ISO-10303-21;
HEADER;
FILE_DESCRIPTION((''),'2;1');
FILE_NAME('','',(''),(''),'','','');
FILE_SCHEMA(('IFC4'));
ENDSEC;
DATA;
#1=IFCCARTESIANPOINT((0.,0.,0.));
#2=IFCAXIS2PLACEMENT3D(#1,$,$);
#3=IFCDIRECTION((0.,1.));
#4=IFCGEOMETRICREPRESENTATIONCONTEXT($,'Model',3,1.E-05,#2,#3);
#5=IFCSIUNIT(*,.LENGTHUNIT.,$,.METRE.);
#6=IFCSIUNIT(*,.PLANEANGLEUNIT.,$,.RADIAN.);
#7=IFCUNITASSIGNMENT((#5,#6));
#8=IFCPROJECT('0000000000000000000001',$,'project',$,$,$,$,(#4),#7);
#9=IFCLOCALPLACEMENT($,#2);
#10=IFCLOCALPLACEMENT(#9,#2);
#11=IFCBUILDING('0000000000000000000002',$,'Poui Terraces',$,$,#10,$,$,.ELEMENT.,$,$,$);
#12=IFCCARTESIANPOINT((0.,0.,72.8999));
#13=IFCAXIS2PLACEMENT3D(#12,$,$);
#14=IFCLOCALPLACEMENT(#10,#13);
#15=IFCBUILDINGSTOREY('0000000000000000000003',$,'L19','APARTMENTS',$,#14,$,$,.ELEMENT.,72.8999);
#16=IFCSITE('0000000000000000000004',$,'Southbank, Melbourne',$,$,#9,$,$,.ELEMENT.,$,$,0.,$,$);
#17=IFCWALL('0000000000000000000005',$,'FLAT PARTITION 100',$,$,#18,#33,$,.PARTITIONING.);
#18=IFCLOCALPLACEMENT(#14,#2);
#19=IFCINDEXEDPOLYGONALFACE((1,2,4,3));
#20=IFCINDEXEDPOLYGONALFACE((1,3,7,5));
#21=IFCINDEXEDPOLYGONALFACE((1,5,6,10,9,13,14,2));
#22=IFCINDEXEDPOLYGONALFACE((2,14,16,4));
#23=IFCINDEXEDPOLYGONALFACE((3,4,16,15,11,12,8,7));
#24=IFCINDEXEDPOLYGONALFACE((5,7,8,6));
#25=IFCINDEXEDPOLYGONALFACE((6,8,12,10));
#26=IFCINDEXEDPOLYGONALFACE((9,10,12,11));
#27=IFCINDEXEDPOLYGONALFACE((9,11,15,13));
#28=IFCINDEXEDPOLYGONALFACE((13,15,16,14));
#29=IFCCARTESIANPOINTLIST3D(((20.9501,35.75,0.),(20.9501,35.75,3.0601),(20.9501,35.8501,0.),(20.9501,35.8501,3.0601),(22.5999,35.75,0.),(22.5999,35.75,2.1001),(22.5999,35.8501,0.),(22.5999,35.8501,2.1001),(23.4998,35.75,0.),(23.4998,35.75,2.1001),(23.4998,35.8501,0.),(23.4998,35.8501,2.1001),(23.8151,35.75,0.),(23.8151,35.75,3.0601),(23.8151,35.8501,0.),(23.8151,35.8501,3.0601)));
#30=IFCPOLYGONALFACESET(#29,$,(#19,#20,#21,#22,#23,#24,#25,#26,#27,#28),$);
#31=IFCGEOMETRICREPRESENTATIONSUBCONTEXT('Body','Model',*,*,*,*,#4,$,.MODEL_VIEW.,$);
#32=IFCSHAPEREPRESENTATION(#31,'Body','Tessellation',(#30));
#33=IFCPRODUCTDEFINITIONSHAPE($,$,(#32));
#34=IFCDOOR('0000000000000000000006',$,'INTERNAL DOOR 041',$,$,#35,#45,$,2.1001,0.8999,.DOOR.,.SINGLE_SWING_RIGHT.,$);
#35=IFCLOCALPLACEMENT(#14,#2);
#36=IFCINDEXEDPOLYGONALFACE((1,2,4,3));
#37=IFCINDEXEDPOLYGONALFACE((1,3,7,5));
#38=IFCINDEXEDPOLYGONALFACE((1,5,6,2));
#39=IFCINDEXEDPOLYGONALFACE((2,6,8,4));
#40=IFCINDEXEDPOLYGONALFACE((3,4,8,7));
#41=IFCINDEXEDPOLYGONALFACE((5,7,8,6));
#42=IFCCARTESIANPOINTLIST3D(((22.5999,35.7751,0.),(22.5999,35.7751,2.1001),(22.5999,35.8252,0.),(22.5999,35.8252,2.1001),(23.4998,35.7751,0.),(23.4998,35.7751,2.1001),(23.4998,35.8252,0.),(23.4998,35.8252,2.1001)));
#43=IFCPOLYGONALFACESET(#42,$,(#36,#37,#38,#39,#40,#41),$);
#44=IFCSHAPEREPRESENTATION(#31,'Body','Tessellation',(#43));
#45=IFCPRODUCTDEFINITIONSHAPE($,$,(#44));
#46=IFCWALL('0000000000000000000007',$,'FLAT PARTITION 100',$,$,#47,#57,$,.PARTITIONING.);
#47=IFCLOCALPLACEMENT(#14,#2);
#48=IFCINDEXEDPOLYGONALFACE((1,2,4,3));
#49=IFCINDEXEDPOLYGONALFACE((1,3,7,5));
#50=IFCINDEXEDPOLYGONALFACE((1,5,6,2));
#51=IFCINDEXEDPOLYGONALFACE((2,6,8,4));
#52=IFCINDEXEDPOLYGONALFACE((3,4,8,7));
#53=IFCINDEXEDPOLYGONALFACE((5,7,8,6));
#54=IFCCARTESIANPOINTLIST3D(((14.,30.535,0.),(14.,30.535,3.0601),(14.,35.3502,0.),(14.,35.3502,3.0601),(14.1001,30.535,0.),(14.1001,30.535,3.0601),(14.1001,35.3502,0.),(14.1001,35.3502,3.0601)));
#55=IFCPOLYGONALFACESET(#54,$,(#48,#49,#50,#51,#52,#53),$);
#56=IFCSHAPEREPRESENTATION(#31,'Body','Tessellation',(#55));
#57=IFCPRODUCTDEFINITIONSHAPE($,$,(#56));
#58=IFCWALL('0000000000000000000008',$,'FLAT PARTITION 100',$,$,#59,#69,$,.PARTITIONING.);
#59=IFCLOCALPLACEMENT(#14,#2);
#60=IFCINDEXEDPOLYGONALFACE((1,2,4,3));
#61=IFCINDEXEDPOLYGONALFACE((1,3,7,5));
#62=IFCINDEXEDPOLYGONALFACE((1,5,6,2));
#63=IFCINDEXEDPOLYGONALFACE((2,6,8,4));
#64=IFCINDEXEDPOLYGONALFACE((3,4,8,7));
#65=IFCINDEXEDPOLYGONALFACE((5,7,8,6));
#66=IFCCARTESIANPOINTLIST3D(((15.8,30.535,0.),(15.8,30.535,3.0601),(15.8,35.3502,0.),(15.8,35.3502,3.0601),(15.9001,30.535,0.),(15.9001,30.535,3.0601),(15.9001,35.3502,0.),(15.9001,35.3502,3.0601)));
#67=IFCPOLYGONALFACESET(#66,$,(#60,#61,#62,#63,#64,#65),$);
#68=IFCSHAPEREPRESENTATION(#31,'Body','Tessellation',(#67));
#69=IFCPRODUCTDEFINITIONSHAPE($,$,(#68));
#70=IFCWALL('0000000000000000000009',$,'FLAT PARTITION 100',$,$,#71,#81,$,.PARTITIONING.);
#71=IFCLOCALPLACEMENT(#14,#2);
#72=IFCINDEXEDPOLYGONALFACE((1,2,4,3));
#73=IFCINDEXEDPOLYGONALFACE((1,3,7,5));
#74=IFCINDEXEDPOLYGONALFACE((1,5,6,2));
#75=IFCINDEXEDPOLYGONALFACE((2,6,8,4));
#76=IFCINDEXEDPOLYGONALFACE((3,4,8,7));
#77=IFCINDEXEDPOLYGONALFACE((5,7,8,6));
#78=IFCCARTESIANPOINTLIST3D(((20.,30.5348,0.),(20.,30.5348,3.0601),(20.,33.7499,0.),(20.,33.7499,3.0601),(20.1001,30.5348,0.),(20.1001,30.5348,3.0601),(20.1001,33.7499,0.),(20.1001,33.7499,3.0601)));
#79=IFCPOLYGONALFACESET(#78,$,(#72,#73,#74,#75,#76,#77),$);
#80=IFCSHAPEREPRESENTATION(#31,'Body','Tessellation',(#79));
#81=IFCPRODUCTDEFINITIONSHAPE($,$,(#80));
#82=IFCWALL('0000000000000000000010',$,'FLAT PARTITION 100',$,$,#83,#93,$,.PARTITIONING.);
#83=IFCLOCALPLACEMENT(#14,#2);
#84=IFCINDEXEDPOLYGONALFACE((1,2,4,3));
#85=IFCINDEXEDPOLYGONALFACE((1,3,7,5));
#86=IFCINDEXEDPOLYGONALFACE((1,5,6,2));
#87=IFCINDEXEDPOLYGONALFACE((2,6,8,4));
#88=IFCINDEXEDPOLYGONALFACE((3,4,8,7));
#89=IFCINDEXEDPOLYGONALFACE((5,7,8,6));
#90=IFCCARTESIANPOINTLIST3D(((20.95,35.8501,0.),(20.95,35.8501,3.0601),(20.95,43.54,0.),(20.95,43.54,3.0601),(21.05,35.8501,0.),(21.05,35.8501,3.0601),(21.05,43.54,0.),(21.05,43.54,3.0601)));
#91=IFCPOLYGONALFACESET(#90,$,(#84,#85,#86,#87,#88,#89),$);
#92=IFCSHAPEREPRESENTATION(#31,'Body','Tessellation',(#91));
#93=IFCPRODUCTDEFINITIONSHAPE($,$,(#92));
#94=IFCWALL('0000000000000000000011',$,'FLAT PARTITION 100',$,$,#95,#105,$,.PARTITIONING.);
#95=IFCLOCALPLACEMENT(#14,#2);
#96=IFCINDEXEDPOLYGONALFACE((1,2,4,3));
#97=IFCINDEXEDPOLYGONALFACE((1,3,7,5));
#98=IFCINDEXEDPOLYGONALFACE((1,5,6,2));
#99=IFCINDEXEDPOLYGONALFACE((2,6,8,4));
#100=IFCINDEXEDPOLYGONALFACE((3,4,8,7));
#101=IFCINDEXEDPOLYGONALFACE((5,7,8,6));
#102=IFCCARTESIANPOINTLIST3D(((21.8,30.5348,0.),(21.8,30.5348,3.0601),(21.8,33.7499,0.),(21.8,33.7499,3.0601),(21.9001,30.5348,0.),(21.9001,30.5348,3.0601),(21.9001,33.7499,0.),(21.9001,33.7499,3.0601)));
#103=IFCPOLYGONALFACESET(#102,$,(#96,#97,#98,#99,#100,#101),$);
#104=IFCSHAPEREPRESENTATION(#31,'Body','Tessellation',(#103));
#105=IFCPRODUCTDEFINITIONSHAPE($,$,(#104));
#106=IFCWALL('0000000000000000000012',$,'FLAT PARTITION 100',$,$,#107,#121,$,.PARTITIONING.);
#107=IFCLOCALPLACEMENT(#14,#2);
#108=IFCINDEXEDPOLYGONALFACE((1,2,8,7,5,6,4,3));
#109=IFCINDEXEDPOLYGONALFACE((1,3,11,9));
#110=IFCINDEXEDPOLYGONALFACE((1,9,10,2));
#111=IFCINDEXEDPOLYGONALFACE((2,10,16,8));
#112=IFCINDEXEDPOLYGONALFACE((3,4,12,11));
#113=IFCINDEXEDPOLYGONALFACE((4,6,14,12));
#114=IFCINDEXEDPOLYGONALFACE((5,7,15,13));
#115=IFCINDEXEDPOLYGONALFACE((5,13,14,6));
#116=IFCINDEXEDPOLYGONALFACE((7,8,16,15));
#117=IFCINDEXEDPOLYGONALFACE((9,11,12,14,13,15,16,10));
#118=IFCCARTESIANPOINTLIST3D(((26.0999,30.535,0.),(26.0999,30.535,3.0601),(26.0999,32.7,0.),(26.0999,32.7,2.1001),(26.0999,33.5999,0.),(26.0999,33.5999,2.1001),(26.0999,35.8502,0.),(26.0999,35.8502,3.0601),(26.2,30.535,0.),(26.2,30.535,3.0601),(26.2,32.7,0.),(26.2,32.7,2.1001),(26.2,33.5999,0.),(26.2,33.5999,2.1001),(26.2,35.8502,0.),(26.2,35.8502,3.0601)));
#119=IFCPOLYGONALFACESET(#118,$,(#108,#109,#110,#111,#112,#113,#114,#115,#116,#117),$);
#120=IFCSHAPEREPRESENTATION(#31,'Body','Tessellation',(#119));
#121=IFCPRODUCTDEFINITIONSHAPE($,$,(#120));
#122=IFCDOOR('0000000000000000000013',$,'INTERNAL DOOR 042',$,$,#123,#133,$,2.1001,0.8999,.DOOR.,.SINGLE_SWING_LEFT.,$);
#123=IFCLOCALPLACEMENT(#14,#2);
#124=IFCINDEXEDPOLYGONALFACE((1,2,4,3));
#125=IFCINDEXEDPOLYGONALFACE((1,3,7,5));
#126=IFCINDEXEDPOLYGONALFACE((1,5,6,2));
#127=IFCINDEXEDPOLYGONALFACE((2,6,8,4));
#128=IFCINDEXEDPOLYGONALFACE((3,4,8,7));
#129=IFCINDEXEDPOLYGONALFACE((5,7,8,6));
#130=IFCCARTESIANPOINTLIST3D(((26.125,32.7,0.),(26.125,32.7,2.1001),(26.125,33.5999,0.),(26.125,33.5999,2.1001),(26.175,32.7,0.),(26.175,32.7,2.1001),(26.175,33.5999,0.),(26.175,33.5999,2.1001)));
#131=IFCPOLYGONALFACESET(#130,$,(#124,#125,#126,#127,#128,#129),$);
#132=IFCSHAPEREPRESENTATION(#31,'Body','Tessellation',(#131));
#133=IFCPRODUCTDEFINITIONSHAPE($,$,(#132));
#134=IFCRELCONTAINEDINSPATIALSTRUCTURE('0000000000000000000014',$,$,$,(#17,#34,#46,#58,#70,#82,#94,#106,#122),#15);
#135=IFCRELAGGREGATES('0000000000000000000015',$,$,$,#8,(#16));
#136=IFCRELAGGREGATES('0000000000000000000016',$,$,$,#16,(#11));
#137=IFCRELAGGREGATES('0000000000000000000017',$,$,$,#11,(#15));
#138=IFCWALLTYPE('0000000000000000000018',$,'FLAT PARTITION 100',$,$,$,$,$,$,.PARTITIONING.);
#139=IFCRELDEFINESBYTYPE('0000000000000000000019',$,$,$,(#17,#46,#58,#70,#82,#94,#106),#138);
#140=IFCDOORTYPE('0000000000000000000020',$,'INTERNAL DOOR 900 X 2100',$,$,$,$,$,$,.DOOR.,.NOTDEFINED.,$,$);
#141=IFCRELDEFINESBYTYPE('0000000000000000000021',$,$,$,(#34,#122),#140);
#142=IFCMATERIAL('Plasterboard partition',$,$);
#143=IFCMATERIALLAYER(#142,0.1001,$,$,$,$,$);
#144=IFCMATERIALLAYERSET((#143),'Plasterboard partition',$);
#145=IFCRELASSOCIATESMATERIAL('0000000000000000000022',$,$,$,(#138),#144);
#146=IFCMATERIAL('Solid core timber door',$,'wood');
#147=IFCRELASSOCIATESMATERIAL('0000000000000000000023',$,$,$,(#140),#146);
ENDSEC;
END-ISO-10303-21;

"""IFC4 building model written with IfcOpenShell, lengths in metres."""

from ifc_helpers import new_model, si_unit, direction, frame, frame_2d, origin, place, context, subcontext, project, spatial, rectangle, extrude, material, layer, layer_set, type_object, element, fill, save


model = new_model("IFC4")

# Units and contexts
model_context = context("Model", 3, precision=1e-05, world=origin(), true_north=direction((0.0, 1.0)))
body_context = subcontext(model_context, "Body", "Model", "MODEL_VIEW")
ifc_project = project(units=[si_unit("LENGTHUNIT", "METRE"), si_unit("PLANEANGLEUNIT", "RADIAN")], contexts=[model_context])

# Site, building, storey
site_placement = place(None, origin())
site = spatial("IfcSite", under=ifc_project, at=site_placement, Name="Southbank, Melbourne", CompositionType="ELEMENT", RefElevation=0.0)
building_placement = place(site_placement, origin())
building = spatial("IfcBuilding", under=site, at=building_placement, Name="Poui Terraces", CompositionType="ELEMENT")
storey_placement = place(building_placement, frame((0.0, 0.0, 72.8999)))
storey = spatial("IfcBuildingStorey", under=building, at=storey_placement, Name="L19", Description="APARTMENTS", CompositionType="ELEMENT", Elevation=72.8999)

# Wall, opening, door
ifc_material_1 = material(Name="Plasterboard partition")
ifc_layer_1 = layer(ifc_material_1, 0.1001)
ifc_layer_set_1 = layer_set([ifc_layer_1], Name="Plasterboard partition")
wall_type_1 = type_object("IfcWallType", Name="FLAT PARTITION 100", PredefinedType="PARTITIONING", material=ifc_layer_set_1)
ifc_material_2 = material(Name="Solid core timber door", Category="wood")
door_type_1 = type_object("IfcDoorType", Name="INTERNAL DOOR 900 X 2100", OperationType="NOTDEFINED", PredefinedType="DOOR", material=ifc_material_2)
wall_1_placement = place(storey_placement, frame((20.95, 35.8, 0.0), z_axis=(0.0, 0.0, 1.0), x_axis=(1.0, 0.0, 0.0)))
wall_1 = element("IfcWall", 1, at=wall_1_placement, inside=storey, type_object=wall_type_1, Name="FLAT PARTITION 100", PredefinedType="PARTITIONING", context=body_context, shape_type="SweptSolid", body=[
    extrude(rectangle(XDim=2.865, YDim=0.1001, at=frame_2d((1.4326, 0.0))), origin(), (0.0, 0.0, 1.0), 3.0601),
])
opening_1_placement = place(wall_1_placement, frame((1.6499, 0.0, 0.0)))
opening_1 = element("IfcOpeningElement", 2, at=opening_1_placement, cuts=wall_1, PredefinedType="OPENING", context=body_context, shape_type="SweptSolid", body=[
    extrude(rectangle(XDim=0.8999, YDim=2.1001, at=frame_2d((0.45, 1.05))), frame((0.0, 0.0601, 0.0), z_axis=(0.0, -1.0, 0.0), x_axis=(1.0, 0.0, 0.0)), (0.0, 0.0, 1.0), 0.1201),
])
door_1_placement = place(opening_1_placement, frame((0.8999, 0.0, 0.0), z_axis=(0.0, 0.0, 1.0), x_axis=(-1.0, 0.0, 0.0)))
door_1 = element("IfcDoor", 3, at=door_1_placement, inside=storey, type_object=door_type_1, Name="INTERNAL DOOR 041", OperationType="SINGLE_SWING_RIGHT", OverallHeight=2.1001, OverallWidth=0.8999, PredefinedType="DOOR", context=body_context, shape_type="SweptSolid", body=[
    extrude(rectangle(XDim=0.8999, YDim=2.1001, at=frame_2d((0.45, 1.05))), frame((0.0, 0.0249, 0.0), z_axis=(0.0, -1.0, 0.0), x_axis=(1.0, 0.0, 0.0)), (0.0, 0.0, 1.0), 0.05),
])
fill(opening_1, door_1)

# Walls
for number, where, z_axis, x_axis, name in (
    (4, (14.05, 30.5349, 0.0), (0.0, 0.0, 1.0), (0.0, 1.0, 0.0), "FLAT PARTITION 100"),
    (5, (15.8501, 30.5349, 0.0), (0.0, 0.0, 1.0), (0.0, 1.0, 0.0), "FLAT PARTITION 100"),
):
    element("IfcWall", number, at=place(storey_placement, frame(where, z_axis=z_axis, x_axis=x_axis)), inside=storey, type_object=wall_type_1, Name=name, PredefinedType="PARTITIONING", context=body_context, shape_type="SweptSolid", body=[
        extrude(rectangle(XDim=4.8152, YDim=0.1001, at=frame_2d((2.4077, 0.0))), origin(), (0.0, 0.0, 1.0), 3.0601),
    ])
wall_2_placement = place(storey_placement, frame((20.05, 30.5349, 0.0), z_axis=(0.0, 0.0, 1.0), x_axis=(0.0, 1.0, 0.0)))
element("IfcWall", 6, at=wall_2_placement, inside=storey, type_object=wall_type_1, Name="FLAT PARTITION 100", PredefinedType="PARTITIONING", context=body_context, shape_type="SweptSolid", body=[
    extrude(rectangle(XDim=3.2151, YDim=0.1001, at=frame_2d((1.6074, 0.0))), origin(), (0.0, 0.0, 1.0), 3.0601),
])
wall_3_placement = place(storey_placement, frame((21.0, 35.8501, 0.0), z_axis=(0.0, 0.0, 1.0), x_axis=(0.0, 1.0, 0.0)))
element("IfcWall", 7, at=wall_3_placement, inside=storey, type_object=wall_type_1, Name="FLAT PARTITION 100", PredefinedType="PARTITIONING", context=body_context, shape_type="SweptSolid", body=[
    extrude(rectangle(XDim=7.6899, YDim=0.1001, at=frame_2d((3.845, 0.0))), origin(), (0.0, 0.0, 1.0), 3.0601),
])
wall_4_placement = place(storey_placement, frame((21.8501, 30.5349, 0.0), z_axis=(0.0, 0.0, 1.0), x_axis=(0.0, 1.0, 0.0)))
element("IfcWall", 8, at=wall_4_placement, inside=storey, type_object=wall_type_1, Name="FLAT PARTITION 100", PredefinedType="PARTITIONING", context=body_context, shape_type="SweptSolid", body=[
    extrude(rectangle(XDim=3.2151, YDim=0.1001, at=frame_2d((1.6074, 0.0))), origin(), (0.0, 0.0, 1.0), 3.0601),
])

# Wall, opening, door
wall_5_placement = place(storey_placement, frame((26.1499, 30.5349, 0.0), z_axis=(0.0, 0.0, 1.0), x_axis=(0.0, 1.0, 0.0)))
wall_5 = element("IfcWall", 9, at=wall_5_placement, inside=storey, type_object=wall_type_1, Name="FLAT PARTITION 100", PredefinedType="PARTITIONING", context=body_context, shape_type="SweptSolid", body=[
    extrude(rectangle(XDim=5.3152, YDim=0.1001, at=frame_2d((2.6577, 0.0))), origin(), (0.0, 0.0, 1.0), 3.0601),
])
opening_2_placement = place(wall_5_placement, frame((2.165, 0.0, 0.0)))
opening_2 = element("IfcOpeningElement", 10, at=opening_2_placement, cuts=wall_5, PredefinedType="OPENING", context=body_context, shape_type="SweptSolid", body=[
    extrude(rectangle(XDim=0.8999, YDim=2.1001, at=frame_2d((0.45, 1.05))), frame((0.0, 0.0601, 0.0), z_axis=(0.0, -1.0, 0.0), x_axis=(1.0, 0.0, 0.0)), (0.0, 0.0, 1.0), 0.1201),
])
door_2_placement = place(opening_2_placement, origin())
door_2 = element("IfcDoor", 11, at=door_2_placement, inside=storey, type_object=door_type_1, Name="INTERNAL DOOR 042", OperationType="SINGLE_SWING_LEFT", OverallHeight=2.1001, OverallWidth=0.8999, PredefinedType="DOOR", context=body_context, shape_type="SweptSolid", body=[
    extrude(rectangle(XDim=0.8999, YDim=2.1001, at=frame_2d((0.45, 1.05))), frame((0.0, 0.0249, 0.0), z_axis=(0.0, -1.0, 0.0), x_axis=(1.0, 0.0, 0.0)), (0.0, 0.0, 1.0), 0.05),
])
fill(opening_2, door_2)

save(model, "model.ifc")
